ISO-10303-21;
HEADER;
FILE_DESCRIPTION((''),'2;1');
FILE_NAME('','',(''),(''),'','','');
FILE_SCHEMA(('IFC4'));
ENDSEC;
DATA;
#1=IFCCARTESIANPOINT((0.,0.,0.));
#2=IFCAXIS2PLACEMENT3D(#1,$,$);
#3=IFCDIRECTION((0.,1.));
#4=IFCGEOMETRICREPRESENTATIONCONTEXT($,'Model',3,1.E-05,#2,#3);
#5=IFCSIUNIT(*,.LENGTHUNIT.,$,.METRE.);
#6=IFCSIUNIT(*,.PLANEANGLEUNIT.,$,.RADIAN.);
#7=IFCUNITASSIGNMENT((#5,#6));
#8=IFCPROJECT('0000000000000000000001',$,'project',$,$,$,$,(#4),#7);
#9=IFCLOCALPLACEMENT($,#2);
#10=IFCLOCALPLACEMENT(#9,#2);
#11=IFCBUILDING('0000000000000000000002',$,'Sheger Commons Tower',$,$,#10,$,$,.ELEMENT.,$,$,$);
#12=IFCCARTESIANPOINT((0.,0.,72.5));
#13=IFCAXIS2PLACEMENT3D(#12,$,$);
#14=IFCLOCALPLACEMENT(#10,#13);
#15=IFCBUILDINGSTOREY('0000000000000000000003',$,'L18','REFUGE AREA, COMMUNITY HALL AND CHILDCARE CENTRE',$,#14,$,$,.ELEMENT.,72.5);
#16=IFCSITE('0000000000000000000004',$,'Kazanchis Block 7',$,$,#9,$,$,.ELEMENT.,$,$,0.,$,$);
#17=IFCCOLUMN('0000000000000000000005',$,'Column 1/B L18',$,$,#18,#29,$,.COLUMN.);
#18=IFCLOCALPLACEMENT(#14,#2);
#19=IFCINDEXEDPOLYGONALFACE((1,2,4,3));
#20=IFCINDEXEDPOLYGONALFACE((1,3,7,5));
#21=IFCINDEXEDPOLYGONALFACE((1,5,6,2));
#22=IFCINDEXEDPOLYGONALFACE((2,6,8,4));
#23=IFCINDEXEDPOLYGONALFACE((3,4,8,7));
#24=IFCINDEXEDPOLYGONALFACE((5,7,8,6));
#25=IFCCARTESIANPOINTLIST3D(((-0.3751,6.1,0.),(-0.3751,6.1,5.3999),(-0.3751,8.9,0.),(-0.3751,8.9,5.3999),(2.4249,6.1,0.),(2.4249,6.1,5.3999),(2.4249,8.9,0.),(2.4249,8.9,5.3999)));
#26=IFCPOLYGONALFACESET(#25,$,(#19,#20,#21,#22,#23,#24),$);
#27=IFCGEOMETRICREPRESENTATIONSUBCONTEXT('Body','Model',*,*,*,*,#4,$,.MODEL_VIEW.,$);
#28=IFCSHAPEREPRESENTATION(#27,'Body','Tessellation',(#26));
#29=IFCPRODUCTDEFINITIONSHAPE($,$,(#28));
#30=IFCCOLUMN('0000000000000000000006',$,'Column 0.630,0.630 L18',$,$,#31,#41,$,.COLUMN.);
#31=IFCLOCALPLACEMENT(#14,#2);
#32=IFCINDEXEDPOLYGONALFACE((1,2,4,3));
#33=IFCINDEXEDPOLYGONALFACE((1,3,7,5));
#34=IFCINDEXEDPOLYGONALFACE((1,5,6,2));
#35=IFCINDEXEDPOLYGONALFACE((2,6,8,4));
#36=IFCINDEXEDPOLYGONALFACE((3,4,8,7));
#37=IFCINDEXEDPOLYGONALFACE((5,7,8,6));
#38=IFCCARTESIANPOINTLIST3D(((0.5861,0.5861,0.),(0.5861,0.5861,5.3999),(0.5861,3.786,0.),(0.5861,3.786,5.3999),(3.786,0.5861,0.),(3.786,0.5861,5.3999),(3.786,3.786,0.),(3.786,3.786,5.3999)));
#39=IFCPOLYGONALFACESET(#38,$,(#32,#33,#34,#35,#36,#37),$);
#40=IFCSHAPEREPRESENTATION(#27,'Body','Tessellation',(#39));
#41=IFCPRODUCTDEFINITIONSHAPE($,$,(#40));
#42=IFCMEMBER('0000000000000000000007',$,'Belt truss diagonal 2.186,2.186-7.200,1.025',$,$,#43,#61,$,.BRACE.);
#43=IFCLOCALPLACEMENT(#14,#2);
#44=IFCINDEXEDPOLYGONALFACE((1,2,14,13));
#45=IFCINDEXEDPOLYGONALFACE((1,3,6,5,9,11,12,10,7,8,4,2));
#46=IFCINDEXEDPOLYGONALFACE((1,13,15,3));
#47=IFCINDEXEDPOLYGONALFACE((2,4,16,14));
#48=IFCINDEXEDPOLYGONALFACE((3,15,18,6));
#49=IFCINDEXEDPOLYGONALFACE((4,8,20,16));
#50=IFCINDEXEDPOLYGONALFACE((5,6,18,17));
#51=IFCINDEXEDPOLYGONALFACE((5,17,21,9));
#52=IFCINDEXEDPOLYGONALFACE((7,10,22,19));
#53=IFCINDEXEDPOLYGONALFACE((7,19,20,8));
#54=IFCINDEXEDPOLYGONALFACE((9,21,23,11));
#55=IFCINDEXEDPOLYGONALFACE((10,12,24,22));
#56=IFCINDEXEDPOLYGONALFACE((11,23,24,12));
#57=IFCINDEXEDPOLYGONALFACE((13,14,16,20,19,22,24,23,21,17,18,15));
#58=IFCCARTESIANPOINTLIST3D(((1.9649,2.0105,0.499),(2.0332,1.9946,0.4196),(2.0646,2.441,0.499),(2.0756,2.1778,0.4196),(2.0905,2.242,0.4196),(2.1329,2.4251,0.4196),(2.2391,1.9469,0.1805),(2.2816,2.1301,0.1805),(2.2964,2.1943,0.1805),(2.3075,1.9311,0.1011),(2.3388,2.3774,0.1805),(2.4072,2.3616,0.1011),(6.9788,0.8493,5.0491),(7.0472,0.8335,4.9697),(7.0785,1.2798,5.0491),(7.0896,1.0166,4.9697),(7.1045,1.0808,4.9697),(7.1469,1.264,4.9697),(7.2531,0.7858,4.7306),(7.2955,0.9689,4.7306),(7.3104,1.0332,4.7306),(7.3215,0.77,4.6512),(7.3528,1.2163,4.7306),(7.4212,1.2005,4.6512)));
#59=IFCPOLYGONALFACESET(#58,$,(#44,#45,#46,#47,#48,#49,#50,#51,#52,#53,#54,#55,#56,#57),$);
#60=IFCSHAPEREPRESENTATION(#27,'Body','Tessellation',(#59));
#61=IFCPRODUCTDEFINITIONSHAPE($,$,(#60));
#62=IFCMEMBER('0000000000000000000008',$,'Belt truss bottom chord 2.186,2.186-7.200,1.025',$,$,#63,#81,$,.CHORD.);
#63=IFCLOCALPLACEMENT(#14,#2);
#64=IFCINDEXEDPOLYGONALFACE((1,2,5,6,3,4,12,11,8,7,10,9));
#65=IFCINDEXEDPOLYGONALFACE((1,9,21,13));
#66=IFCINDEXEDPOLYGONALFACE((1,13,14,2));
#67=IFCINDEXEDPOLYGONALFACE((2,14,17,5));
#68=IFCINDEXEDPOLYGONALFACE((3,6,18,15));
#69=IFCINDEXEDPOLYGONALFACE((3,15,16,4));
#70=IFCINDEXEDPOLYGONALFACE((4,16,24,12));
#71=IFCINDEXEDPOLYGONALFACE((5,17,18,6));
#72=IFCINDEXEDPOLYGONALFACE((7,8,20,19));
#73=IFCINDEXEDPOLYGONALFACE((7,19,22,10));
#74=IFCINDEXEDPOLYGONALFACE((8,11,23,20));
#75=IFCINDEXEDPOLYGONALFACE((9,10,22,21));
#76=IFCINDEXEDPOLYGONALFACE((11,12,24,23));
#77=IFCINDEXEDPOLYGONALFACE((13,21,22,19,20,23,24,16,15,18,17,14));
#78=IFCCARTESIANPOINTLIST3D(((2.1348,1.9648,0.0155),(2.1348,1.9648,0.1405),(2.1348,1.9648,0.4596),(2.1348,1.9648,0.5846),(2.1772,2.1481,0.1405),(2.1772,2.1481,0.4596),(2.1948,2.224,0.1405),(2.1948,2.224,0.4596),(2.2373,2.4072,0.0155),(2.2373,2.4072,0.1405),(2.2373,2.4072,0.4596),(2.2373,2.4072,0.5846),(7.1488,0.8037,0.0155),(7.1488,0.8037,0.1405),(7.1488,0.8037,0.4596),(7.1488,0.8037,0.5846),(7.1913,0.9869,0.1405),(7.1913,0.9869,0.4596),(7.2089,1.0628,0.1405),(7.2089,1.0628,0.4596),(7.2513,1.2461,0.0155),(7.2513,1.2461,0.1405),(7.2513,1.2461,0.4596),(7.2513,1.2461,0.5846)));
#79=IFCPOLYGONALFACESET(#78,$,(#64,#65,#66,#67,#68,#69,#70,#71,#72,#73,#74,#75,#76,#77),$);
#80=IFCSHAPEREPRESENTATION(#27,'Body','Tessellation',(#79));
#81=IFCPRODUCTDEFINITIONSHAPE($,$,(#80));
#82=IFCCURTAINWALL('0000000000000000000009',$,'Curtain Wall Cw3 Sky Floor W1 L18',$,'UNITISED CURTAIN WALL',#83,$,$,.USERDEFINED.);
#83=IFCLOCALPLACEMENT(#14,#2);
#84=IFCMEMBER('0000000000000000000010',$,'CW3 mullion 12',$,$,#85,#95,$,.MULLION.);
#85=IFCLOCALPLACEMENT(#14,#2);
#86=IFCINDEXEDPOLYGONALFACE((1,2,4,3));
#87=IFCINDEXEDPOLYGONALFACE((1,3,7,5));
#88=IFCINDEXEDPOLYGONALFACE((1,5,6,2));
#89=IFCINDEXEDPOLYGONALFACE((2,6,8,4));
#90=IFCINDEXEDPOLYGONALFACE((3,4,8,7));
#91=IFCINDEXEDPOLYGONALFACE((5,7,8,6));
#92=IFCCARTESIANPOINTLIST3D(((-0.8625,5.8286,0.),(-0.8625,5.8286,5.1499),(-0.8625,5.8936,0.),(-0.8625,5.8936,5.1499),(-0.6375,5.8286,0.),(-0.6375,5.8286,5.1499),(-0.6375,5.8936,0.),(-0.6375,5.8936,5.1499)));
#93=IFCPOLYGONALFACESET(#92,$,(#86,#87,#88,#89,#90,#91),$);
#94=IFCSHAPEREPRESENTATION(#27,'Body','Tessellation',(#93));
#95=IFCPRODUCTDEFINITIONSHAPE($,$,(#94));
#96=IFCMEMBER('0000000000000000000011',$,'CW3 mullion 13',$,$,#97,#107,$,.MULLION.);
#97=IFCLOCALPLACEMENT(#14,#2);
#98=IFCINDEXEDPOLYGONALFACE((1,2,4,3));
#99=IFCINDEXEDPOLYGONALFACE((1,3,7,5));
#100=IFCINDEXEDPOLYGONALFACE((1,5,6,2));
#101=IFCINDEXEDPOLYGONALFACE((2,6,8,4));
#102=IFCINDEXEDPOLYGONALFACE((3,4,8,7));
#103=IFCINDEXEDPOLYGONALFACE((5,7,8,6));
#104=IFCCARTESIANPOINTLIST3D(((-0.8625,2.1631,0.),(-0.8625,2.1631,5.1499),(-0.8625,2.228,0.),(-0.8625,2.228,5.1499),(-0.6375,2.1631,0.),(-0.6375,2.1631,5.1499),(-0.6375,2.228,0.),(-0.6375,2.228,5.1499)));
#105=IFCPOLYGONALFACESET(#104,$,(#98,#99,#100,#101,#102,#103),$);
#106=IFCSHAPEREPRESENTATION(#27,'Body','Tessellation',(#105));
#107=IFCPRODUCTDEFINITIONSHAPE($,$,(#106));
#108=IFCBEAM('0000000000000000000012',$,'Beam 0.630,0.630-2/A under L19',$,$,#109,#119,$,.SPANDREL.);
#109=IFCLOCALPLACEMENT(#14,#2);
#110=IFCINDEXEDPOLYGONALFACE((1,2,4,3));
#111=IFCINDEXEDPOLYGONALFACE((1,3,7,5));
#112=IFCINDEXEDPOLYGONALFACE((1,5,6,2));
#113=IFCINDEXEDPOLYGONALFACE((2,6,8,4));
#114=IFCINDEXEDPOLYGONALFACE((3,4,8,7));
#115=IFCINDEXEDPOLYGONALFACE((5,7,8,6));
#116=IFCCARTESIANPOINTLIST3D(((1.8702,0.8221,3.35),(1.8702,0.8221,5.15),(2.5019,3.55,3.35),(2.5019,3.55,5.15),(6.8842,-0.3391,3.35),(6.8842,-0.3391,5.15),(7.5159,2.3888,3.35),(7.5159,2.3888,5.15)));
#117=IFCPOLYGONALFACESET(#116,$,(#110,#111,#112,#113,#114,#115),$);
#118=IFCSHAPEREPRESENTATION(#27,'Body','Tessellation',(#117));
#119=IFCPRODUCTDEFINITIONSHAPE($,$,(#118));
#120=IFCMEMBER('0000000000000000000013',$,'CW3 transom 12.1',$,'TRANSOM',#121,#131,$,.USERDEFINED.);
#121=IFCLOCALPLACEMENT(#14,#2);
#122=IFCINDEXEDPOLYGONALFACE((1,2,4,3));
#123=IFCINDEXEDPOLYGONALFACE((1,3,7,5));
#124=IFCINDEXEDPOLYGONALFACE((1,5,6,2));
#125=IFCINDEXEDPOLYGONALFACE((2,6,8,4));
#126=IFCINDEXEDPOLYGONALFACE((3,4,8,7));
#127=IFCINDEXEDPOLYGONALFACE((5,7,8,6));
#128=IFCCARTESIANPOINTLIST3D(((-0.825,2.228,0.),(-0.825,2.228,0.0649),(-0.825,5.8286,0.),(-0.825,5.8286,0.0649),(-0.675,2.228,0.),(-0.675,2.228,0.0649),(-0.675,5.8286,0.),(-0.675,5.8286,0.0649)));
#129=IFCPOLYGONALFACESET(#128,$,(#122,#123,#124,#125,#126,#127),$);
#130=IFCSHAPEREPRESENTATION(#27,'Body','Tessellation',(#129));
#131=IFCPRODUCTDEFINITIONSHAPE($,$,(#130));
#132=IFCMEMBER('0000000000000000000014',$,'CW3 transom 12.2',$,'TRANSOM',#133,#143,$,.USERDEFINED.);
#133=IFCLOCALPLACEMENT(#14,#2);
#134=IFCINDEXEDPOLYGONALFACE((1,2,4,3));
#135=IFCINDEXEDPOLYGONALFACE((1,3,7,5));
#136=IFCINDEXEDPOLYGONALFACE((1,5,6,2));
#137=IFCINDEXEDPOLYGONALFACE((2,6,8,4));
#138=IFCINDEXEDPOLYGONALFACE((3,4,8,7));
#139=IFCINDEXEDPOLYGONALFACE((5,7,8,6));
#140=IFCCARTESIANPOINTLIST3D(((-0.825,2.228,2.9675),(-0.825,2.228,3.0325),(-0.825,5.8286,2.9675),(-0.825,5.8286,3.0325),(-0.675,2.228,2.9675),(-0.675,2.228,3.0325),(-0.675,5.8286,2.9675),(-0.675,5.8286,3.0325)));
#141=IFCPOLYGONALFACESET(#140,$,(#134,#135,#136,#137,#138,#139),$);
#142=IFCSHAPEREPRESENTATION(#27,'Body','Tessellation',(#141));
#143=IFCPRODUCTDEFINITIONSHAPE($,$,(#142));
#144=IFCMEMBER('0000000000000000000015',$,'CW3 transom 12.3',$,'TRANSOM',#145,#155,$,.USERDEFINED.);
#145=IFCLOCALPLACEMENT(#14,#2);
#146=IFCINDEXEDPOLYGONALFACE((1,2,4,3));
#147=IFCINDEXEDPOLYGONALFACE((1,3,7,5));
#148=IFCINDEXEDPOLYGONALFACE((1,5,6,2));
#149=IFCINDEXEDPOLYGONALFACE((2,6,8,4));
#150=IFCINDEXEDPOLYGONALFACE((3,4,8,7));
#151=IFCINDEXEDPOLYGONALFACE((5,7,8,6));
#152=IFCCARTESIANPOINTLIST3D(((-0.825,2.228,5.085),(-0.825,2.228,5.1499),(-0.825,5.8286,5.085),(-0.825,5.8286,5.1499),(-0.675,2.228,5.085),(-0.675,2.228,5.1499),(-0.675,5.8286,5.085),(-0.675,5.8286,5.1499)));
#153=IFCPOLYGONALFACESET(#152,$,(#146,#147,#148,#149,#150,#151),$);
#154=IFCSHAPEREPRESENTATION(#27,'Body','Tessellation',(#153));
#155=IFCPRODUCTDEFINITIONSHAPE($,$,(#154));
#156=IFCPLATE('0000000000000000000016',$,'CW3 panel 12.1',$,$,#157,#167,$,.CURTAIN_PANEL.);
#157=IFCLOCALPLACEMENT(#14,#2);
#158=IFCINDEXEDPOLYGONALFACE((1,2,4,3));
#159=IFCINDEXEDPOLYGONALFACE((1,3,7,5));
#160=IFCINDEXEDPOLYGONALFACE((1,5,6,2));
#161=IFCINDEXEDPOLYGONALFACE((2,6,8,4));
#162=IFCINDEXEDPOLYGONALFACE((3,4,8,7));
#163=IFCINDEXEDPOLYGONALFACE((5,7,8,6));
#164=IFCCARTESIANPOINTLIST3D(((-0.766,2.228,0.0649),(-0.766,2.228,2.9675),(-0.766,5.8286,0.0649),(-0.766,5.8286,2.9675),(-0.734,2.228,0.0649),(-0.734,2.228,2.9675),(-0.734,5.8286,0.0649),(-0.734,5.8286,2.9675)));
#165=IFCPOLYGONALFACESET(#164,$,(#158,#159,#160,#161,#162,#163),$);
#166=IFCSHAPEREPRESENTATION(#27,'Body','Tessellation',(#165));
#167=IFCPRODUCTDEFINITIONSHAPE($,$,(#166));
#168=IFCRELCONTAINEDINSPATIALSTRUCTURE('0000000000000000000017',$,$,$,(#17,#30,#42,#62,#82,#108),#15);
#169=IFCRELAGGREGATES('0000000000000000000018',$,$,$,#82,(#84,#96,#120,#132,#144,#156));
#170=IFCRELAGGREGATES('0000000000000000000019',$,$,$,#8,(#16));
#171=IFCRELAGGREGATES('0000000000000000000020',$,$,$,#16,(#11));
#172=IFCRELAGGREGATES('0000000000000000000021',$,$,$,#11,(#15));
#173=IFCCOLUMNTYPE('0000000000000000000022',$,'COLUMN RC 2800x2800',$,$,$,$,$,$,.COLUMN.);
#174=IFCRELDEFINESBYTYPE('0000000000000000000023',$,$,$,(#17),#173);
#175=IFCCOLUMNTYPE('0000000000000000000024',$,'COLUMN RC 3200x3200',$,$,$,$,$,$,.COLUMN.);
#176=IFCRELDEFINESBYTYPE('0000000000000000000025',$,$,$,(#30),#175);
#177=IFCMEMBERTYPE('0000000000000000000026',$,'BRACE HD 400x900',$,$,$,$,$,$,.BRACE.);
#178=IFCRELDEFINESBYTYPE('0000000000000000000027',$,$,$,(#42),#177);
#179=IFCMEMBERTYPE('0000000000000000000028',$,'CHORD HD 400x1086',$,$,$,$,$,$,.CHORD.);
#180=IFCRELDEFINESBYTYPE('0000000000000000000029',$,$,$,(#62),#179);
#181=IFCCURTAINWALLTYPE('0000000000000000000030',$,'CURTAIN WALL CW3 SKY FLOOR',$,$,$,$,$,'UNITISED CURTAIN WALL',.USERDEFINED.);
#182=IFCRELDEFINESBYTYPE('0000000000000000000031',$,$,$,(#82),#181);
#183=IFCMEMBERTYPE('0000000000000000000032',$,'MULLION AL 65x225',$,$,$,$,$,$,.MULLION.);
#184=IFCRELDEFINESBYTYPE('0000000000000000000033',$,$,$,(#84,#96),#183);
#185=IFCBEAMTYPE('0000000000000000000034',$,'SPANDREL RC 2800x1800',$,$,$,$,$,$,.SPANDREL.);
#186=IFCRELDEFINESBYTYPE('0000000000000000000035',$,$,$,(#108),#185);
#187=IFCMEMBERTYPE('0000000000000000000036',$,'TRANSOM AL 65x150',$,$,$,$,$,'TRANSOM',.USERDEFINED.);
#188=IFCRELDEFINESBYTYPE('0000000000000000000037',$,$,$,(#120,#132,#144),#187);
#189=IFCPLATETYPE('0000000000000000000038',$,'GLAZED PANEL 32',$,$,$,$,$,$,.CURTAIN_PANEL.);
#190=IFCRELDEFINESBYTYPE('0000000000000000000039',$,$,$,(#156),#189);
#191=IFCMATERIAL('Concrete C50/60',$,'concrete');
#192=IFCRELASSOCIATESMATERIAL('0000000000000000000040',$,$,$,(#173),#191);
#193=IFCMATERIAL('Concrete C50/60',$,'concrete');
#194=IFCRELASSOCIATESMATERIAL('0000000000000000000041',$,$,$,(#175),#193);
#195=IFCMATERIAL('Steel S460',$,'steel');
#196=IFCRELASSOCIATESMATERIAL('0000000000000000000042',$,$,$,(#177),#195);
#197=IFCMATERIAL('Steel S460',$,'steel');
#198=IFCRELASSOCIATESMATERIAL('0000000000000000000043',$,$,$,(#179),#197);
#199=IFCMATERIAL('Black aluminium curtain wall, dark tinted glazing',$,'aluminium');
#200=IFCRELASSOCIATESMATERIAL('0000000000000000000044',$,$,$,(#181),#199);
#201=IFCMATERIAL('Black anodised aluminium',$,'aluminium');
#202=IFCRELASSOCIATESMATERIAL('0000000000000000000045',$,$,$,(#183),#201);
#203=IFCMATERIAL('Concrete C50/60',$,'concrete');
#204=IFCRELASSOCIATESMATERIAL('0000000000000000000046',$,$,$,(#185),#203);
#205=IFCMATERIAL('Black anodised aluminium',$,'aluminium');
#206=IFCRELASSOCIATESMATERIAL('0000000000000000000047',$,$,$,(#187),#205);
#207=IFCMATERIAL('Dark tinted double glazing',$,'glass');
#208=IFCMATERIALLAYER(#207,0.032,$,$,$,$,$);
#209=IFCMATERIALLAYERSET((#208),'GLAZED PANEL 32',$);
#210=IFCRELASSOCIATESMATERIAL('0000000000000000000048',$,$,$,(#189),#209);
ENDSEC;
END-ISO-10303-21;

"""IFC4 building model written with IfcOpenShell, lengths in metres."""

from ifc_helpers import new_model, si_unit, direction, frame, origin, origin_2d, place, context, subcontext, project, spatial, rectangle, i_section, extrude, material, layer, layer_set, material_profile, profile_set, type_object, element, aggregate, save


model = new_model("IFC4")

# Units and contexts
model_context = context("Model", 3, precision=1e-05, world=origin(), true_north=direction((0.0, 1.0)))
body_context = subcontext(model_context, "Body", "Model", "MODEL_VIEW")
ifc_project = project(units=[si_unit("LENGTHUNIT", "METRE"), si_unit("PLANEANGLEUNIT", "RADIAN")], contexts=[model_context])

# Site, building, storey
site_placement = place(None, origin())
site = spatial("IfcSite", under=ifc_project, at=site_placement, Name="Kazanchis Block 7", CompositionType="ELEMENT", RefElevation=0.0)
building_placement = place(site_placement, origin())
building = spatial("IfcBuilding", under=site, at=building_placement, Name="Sheger Commons Tower", CompositionType="ELEMENT")
storey_placement = place(building_placement, frame((0.0, 0.0, 72.5)))
storey = spatial("IfcBuildingStorey", under=building, at=storey_placement, Name="L18", Description="REFUGE AREA, COMMUNITY HALL AND CHILDCARE CENTRE", CompositionType="ELEMENT", Elevation=72.5)

# Columns
ifc_material_1 = material(Name="Concrete C50/60", Category="concrete")
ifc_material_profile_1 = material_profile(ifc_material_1, rectangle(XDim=2.8, YDim=2.8, at=origin_2d()), Name="RC 2800x2800")
ifc_profile_set_1 = profile_set([ifc_material_profile_1], Name="Concrete C50/60")
column_type_1 = type_object("IfcColumnType", Name="COLUMN RC 2800x2800", PredefinedType="COLUMN", material=ifc_profile_set_1)
column_1_placement = place(storey_placement, frame((1.0249, 7.5, 0.0), z_axis=(0.0, 0.0, 1.0), x_axis=(1.0, 0.0, 0.0)))
element("IfcColumn", 1, at=column_1_placement, inside=storey, type_object=column_type_1, Name="Column 1/B L18", PredefinedType="COLUMN", context=body_context, shape_type="SweptSolid", body=[
    extrude(rectangle(XDim=2.8, YDim=2.8, at=origin_2d()), origin(), (0.0, 0.0, 1.0), 5.3999),
])
ifc_material_2 = material(Name="Concrete C50/60", Category="concrete")
ifc_material_profile_2 = material_profile(ifc_material_2, rectangle(XDim=3.2, YDim=3.2, at=origin_2d()), Name="RC 3200x3200")
ifc_profile_set_2 = profile_set([ifc_material_profile_2], Name="Concrete C50/60")
column_type_2 = type_object("IfcColumnType", Name="COLUMN RC 3200x3200", PredefinedType="COLUMN", material=ifc_profile_set_2)
column_2_placement = place(storey_placement, frame((2.186, 2.186, 0.0), z_axis=(0.0, 0.0, 1.0), x_axis=(1.0, 0.0, 0.0)))
element("IfcColumn", 2, at=column_2_placement, inside=storey, type_object=column_type_2, Name="Column 0.630,0.630 L18", PredefinedType="COLUMN", context=body_context, shape_type="SweptSolid", body=[
    extrude(rectangle(XDim=3.2, YDim=3.2, at=origin_2d()), origin(), (0.0, 0.0, 1.0), 5.3999),
])

# Members
ifc_material_3 = material(Name="Steel S460", Category="steel")
ifc_material_profile_3 = material_profile(ifc_material_3, i_section(OverallWidth=0.4419, OverallDepth=0.531, WebThickness=0.0659, FlangeThickness=0.106, at=origin_2d()), Name="HD 400x900")
ifc_profile_set_3 = profile_set([ifc_material_profile_3], Name="Steel S460")
member_type_1 = type_object("IfcMemberType", Name="BRACE HD 400x900", PredefinedType="BRACE", material=ifc_profile_set_3)
member_1_placement = place(storey_placement, frame((2.186, 2.186, 0.3), z_axis=(0.729877, -0.169026, 0.662352), x_axis=(0.225611, 0.974217, 0.0)))
element("IfcMember", 3, at=member_1_placement, inside=storey, type_object=member_type_1, Name="Belt truss diagonal 2.186,2.186-7.200,1.025", PredefinedType="BRACE", context=body_context, shape_type="SweptSolid", body=[
    extrude(i_section(OverallWidth=0.4419, OverallDepth=0.531, WebThickness=0.0659, FlangeThickness=0.106, at=origin_2d()), origin(), (0.0, 0.0, 1.0), 6.8696),
])
ifc_material_4 = material(Name="Steel S460", Category="steel")
ifc_material_profile_4 = material_profile(ifc_material_4, i_section(OverallWidth=0.4541, OverallDepth=0.5691, WebThickness=0.0779, FlangeThickness=0.125, at=origin_2d()), Name="HD 400x1086")
ifc_profile_set_4 = profile_set([ifc_material_profile_4], Name="Steel S460")
member_type_2 = type_object("IfcMemberType", Name="CHORD HD 400x1086", PredefinedType="CHORD", material=ifc_profile_set_4)
member_2_placement = place(storey_placement, frame((2.186, 2.186, 0.3), z_axis=(0.974217, -0.225611, 0.0), x_axis=(0.225611, 0.974217, 0.0)))
element("IfcMember", 4, at=member_2_placement, inside=storey, type_object=member_type_2, Name="Belt truss bottom chord 2.186,2.186-7.200,1.025", PredefinedType="CHORD", context=body_context, shape_type="SweptSolid", body=[
    extrude(i_section(OverallWidth=0.4541, OverallDepth=0.5691, WebThickness=0.0779, FlangeThickness=0.125, at=origin_2d()), origin(), (0.0, 0.0, 1.0), 5.1467),
])

# Curtain wall, members
ifc_material_5 = material(Name="Black aluminium curtain wall, dark tinted glazing", Category="aluminium")
curtain_wall_type = type_object("IfcCurtainWallType", Name="CURTAIN WALL CW3 SKY FLOOR", ElementType="UNITISED CURTAIN WALL", PredefinedType="USERDEFINED", material=ifc_material_5)
curtain_wall_placement = place(storey_placement, origin())
curtain_wall = element("IfcCurtainWall", 5, at=curtain_wall_placement, inside=storey, type_object=curtain_wall_type, Name="Curtain Wall Cw3 Sky Floor W1 L18", ObjectType="UNITISED CURTAIN WALL", PredefinedType="USERDEFINED")
ifc_material_6 = material(Name="Black anodised aluminium", Category="aluminium")
ifc_material_profile_5 = material_profile(ifc_material_6, rectangle(XDim=0.2251, YDim=0.0649, at=origin_2d()), Name="AL 65x225")
ifc_profile_set_5 = profile_set([ifc_material_profile_5], Name="Black anodised aluminium")
member_type_3 = type_object("IfcMemberType", Name="MULLION AL 65x225", PredefinedType="MULLION", material=ifc_profile_set_5)
member_3_placement = place(storey_placement, frame((-0.75, 5.8611, 0.0), z_axis=(0.0, 0.0, 1.0), x_axis=(1.0, 0.0, 0.0)))
member_3 = element("IfcMember", 6, at=member_3_placement, type_object=member_type_3, Name="CW3 mullion 12", PredefinedType="MULLION", context=body_context, shape_type="SweptSolid", body=[
    extrude(rectangle(XDim=0.2251, YDim=0.0649, at=origin_2d()), origin(), (0.0, 0.0, 1.0), 5.1499),
])
member_4_placement = place(storey_placement, frame((-0.75, 2.1956, 0.0), z_axis=(0.0, 0.0, 1.0), x_axis=(1.0, 0.0, 0.0)))
member_4 = element("IfcMember", 7, at=member_4_placement, type_object=member_type_3, Name="CW3 mullion 13", PredefinedType="MULLION", context=body_context, shape_type="SweptSolid", body=[
    extrude(rectangle(XDim=0.2251, YDim=0.0649, at=origin_2d()), origin(), (0.0, 0.0, 1.0), 5.1499),
])

# Beam
ifc_material_7 = material(Name="Concrete C50/60", Category="concrete")
ifc_material_profile_6 = material_profile(ifc_material_7, rectangle(XDim=2.8, YDim=1.8, at=origin_2d()), Name="RC 2800x1800")
ifc_profile_set_6 = profile_set([ifc_material_profile_6], Name="Concrete C50/60")
beam_type = type_object("IfcBeamType", Name="SPANDREL RC 2800x1800", PredefinedType="SPANDREL", material=ifc_profile_set_6)
beam_placement = place(storey_placement, frame((2.186, 2.186, 4.25), z_axis=(0.974217, -0.225611, 0.0), x_axis=(0.225611, 0.974217, 0.0)))
element("IfcBeam", 8, at=beam_placement, inside=storey, type_object=beam_type, Name="Beam 0.630,0.630-2/A under L19", PredefinedType="SPANDREL", context=body_context, shape_type="SweptSolid", body=[
    extrude(rectangle(XDim=2.8, YDim=1.8, at=origin_2d()), origin(), (0.0, 0.0, 1.0), 5.1467),
])

# Members
ifc_material_8 = material(Name="Black anodised aluminium", Category="aluminium")
ifc_material_profile_7 = material_profile(ifc_material_8, rectangle(XDim=0.1499, YDim=0.0649, at=origin_2d()), Name="AL 65x150")
ifc_profile_set_7 = profile_set([ifc_material_profile_7], Name="Black anodised aluminium")
member_type_4 = type_object("IfcMemberType", Name="TRANSOM AL 65x150", ElementType="TRANSOM", PredefinedType="USERDEFINED", material=ifc_profile_set_7)
member_5_placement = place(storey_placement, frame((-0.75, 5.8286, 0.0325), z_axis=(0.0, -1.0, 0.0), x_axis=(1.0, 0.0, 0.0)))
member_5 = element("IfcMember", 9, at=member_5_placement, type_object=member_type_4, Name="CW3 transom 12.1", ObjectType="TRANSOM", PredefinedType="USERDEFINED", context=body_context, shape_type="SweptSolid", body=[
    extrude(rectangle(XDim=0.1499, YDim=0.0649, at=origin_2d()), origin(), (0.0, 0.0, 1.0), 3.6006),
])
member_6_placement = place(storey_placement, frame((-0.75, 5.8286, 3.0), z_axis=(0.0, -1.0, 0.0), x_axis=(1.0, 0.0, 0.0)))
member_6 = element("IfcMember", 10, at=member_6_placement, type_object=member_type_4, Name="CW3 transom 12.2", ObjectType="TRANSOM", PredefinedType="USERDEFINED", context=body_context, shape_type="SweptSolid", body=[
    extrude(rectangle(XDim=0.1499, YDim=0.0649, at=origin_2d()), origin(), (0.0, 0.0, 1.0), 3.6006),
])
member_7_placement = place(storey_placement, frame((-0.75, 5.8286, 5.1174), z_axis=(0.0, -1.0, 0.0), x_axis=(1.0, 0.0, 0.0)))
member_7 = element("IfcMember", 11, at=member_7_placement, type_object=member_type_4, Name="CW3 transom 12.3", ObjectType="TRANSOM", PredefinedType="USERDEFINED", context=body_context, shape_type="SweptSolid", body=[
    extrude(rectangle(XDim=0.1499, YDim=0.0649, at=origin_2d()), origin(), (0.0, 0.0, 1.0), 3.6006),
])

# Plate
ifc_material_9 = material(Name="Dark tinted double glazing", Category="glass")
ifc_layer_1 = layer(ifc_material_9, 0.032)
ifc_layer_set_1 = layer_set([ifc_layer_1], Name="GLAZED PANEL 32")
plate_type_1 = type_object("IfcPlateType", Name="GLAZED PANEL 32", PredefinedType="CURTAIN_PANEL", material=ifc_layer_set_1)
plate_1_placement = place(storey_placement, frame((-0.75, 4.0283, 0.0649), z_axis=(0.0, 0.0, 1.0), x_axis=(0.0, -1.0, 0.0)))
plate_1 = element("IfcPlate", 12, at=plate_1_placement, type_object=plate_type_1, Name="CW3 panel 12.1", PredefinedType="CURTAIN_PANEL", context=body_context, shape_type="SweptSolid", body=[
    extrude(rectangle(XDim=3.6006, YDim=0.032, at=origin_2d()), origin(), (0.0, 0.0, 1.0), 2.9026),
])
aggregate(curtain_wall, [member_3, member_4, member_5, member_6, member_7, plate_1])

save(model, "model.ifc")
